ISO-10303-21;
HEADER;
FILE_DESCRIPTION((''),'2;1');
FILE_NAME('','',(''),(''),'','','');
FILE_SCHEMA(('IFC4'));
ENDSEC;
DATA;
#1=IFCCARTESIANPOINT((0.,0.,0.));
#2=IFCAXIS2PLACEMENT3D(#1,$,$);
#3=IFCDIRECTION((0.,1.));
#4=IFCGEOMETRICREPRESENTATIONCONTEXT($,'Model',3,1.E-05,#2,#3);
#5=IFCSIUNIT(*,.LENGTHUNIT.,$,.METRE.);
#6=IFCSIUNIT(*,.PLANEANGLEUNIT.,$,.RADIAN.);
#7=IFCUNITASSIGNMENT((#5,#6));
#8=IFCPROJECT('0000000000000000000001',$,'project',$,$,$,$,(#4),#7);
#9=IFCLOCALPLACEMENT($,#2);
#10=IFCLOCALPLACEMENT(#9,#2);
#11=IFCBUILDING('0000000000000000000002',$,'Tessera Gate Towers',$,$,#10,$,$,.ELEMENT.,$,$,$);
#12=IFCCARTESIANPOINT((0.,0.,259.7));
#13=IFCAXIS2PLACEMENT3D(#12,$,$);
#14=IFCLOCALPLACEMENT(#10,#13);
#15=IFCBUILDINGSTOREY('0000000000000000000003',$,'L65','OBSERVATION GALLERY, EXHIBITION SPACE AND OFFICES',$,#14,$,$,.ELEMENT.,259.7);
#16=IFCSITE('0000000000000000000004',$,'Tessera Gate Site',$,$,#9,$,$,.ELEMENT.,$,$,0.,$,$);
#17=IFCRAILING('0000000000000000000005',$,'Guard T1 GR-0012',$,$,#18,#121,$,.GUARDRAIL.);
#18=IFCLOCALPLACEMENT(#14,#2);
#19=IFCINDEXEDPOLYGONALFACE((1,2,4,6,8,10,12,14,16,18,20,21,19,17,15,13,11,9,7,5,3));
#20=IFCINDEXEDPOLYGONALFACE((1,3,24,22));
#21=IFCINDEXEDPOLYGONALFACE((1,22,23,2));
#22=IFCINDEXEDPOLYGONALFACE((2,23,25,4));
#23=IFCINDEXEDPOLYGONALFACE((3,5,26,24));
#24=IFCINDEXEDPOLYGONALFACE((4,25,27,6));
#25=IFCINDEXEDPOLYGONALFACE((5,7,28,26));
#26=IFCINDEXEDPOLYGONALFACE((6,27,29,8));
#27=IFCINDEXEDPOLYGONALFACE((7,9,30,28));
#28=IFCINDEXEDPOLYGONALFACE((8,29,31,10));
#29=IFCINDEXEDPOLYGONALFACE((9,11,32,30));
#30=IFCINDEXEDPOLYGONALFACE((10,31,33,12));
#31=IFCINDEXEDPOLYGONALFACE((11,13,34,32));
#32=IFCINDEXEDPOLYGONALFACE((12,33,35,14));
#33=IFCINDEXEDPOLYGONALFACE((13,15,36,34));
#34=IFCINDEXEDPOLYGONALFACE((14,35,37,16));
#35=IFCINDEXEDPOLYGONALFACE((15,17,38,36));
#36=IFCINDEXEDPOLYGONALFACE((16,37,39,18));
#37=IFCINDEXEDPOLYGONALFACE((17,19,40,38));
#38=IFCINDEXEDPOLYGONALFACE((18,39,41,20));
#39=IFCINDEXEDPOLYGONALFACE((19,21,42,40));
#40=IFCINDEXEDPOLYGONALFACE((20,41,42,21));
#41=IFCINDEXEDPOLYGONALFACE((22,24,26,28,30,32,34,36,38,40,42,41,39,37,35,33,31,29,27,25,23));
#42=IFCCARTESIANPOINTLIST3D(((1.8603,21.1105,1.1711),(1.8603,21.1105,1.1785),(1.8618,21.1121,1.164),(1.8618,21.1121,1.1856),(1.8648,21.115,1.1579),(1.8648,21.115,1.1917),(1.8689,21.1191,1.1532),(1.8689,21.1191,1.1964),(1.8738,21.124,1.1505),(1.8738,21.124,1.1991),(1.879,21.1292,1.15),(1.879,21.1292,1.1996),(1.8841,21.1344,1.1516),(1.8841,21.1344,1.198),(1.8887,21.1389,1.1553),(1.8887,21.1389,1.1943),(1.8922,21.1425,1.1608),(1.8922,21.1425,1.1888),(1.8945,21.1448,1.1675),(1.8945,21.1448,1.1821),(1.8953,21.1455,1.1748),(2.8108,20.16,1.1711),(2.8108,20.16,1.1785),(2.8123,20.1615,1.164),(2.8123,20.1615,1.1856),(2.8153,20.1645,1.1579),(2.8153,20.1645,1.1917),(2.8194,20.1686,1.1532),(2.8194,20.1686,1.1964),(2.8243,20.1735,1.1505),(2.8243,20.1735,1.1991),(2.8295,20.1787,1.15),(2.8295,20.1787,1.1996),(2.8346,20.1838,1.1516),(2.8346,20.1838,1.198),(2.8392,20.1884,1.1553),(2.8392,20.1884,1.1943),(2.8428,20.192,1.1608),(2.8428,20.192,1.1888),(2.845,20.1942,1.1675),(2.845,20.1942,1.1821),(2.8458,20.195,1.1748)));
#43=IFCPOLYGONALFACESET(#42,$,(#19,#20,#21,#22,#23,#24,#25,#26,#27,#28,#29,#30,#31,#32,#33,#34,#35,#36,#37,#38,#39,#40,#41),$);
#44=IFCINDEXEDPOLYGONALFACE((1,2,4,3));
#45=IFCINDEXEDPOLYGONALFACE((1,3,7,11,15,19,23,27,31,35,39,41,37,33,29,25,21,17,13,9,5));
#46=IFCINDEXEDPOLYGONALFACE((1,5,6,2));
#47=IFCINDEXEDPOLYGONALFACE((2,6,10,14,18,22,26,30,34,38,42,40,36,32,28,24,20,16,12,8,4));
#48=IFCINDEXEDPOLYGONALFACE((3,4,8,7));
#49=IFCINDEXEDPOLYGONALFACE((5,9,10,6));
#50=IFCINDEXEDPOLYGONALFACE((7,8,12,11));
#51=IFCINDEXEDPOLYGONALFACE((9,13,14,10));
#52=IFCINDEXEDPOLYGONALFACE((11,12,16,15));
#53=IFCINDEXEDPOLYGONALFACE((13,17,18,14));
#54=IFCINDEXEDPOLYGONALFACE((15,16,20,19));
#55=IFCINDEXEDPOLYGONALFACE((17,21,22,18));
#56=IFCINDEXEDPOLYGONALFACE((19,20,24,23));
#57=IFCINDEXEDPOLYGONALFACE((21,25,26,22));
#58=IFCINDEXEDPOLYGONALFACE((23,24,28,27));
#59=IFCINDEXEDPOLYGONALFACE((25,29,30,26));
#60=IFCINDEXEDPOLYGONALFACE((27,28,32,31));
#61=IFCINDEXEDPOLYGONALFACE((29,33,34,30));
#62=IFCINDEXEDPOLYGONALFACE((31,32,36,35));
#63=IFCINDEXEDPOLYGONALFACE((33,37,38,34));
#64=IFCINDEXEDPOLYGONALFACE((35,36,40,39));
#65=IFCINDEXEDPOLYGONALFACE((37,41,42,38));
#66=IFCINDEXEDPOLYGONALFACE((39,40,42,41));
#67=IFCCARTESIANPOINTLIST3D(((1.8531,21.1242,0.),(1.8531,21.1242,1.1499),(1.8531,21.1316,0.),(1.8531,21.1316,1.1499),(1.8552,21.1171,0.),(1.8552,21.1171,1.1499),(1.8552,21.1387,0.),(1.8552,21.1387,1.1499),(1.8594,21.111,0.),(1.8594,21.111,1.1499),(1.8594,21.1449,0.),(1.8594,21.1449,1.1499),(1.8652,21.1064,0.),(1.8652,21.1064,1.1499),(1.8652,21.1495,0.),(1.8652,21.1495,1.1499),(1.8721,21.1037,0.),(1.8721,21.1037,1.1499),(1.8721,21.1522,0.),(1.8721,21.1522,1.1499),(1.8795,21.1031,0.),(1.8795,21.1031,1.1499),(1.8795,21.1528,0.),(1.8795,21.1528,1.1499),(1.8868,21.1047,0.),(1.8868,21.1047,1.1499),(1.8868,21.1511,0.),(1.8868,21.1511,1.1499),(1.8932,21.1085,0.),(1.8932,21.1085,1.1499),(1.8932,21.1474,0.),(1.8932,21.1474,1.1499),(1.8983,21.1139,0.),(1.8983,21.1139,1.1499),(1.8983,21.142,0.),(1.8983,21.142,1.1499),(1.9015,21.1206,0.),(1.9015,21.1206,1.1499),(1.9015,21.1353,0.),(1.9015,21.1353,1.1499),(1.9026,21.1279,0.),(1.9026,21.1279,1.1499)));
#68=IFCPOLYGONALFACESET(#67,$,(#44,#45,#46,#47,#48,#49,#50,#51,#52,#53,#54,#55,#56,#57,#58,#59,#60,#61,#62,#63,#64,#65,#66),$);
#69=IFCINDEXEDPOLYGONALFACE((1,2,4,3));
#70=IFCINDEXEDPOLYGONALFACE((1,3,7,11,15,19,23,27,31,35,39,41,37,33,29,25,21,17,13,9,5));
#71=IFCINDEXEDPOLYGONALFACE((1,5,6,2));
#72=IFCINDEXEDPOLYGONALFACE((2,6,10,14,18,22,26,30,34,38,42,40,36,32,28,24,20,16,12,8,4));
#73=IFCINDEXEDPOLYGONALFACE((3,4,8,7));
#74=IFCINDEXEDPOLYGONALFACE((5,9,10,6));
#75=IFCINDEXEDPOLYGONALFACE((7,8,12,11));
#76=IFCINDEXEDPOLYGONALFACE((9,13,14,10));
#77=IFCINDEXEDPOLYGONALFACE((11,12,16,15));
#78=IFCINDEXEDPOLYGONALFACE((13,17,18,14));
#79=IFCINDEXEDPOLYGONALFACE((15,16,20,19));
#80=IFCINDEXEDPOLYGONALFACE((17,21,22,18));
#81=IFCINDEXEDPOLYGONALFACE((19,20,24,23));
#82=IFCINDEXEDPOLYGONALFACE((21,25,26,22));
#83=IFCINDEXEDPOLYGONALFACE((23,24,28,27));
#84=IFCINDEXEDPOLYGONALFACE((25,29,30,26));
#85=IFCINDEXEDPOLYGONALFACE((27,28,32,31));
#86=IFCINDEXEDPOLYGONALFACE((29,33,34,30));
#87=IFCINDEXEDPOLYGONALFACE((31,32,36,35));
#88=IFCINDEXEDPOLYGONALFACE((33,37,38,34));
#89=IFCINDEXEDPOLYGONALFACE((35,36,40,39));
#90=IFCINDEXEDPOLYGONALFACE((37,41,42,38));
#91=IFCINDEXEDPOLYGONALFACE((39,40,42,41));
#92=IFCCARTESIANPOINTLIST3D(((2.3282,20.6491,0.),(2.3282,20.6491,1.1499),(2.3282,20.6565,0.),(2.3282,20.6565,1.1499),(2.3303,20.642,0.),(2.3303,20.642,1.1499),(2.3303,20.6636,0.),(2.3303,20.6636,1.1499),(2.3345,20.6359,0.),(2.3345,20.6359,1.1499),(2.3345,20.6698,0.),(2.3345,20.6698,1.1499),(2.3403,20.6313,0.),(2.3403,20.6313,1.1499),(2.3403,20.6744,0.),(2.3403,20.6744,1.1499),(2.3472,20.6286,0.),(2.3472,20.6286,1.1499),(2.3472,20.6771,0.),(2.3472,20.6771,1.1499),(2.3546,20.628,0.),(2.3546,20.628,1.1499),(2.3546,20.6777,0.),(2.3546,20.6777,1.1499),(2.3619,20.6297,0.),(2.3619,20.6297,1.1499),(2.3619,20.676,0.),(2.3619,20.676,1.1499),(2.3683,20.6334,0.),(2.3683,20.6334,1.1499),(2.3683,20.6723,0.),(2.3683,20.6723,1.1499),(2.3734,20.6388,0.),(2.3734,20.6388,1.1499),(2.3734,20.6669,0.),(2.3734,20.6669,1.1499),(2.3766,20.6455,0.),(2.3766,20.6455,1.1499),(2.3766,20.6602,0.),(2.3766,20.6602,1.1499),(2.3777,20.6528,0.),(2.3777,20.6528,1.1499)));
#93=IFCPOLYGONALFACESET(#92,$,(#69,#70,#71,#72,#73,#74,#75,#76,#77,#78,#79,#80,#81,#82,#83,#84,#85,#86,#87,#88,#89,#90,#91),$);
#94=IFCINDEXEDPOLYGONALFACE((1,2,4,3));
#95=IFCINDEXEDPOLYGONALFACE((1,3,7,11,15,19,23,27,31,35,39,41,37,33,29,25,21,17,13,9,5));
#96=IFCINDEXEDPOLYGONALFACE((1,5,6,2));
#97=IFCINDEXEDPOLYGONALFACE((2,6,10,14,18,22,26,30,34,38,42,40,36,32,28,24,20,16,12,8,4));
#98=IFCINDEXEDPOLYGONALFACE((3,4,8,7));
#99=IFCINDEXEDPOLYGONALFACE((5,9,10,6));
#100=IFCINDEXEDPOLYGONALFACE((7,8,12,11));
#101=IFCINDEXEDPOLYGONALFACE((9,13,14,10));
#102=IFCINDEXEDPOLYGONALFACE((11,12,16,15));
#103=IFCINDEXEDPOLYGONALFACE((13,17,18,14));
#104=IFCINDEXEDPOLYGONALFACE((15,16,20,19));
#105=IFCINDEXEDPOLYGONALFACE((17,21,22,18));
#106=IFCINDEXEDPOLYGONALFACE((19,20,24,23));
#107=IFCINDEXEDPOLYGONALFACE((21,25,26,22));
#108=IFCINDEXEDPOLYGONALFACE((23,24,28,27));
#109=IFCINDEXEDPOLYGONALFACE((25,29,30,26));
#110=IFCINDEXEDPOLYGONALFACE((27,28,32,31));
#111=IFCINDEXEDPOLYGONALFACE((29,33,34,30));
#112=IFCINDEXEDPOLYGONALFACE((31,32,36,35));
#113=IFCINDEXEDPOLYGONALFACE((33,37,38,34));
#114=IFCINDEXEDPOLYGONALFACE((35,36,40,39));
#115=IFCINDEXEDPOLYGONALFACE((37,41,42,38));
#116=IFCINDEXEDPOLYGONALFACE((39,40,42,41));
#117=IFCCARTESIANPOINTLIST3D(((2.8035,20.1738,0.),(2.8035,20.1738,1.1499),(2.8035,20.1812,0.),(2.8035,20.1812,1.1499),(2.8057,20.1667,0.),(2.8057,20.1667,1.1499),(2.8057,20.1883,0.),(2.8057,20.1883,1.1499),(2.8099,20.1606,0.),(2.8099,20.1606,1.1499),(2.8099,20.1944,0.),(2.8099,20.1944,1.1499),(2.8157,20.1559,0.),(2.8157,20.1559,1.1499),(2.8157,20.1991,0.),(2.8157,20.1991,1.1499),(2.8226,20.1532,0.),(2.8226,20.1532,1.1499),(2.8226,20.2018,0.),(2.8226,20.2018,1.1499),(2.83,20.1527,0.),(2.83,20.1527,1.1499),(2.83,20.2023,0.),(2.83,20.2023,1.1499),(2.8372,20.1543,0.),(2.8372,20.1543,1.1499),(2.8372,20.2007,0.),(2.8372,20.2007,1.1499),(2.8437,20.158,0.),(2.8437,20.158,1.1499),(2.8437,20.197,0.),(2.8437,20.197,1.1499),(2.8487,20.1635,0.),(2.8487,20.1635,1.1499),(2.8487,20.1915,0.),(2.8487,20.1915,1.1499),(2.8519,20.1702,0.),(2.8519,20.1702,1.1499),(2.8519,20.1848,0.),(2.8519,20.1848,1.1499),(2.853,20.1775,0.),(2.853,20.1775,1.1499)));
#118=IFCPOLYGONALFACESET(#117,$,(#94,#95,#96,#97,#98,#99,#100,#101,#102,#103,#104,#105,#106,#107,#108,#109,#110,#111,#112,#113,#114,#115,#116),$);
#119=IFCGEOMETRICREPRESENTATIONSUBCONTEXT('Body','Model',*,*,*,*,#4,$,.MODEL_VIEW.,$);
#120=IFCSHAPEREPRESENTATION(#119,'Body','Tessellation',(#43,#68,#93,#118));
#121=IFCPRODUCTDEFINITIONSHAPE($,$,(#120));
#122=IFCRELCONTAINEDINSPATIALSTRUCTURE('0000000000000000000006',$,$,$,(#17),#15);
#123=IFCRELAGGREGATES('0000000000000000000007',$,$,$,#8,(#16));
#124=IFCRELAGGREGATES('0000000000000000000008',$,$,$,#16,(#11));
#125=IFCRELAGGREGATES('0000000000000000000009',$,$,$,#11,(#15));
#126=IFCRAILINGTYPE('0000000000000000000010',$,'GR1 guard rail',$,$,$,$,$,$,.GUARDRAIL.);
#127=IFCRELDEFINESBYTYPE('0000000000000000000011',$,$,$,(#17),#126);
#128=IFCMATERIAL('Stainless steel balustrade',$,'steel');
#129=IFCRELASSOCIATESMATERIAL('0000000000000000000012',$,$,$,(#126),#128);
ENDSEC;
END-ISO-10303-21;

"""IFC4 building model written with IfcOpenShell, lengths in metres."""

from ifc_helpers import new_model, si_unit, direction, frame, origin, origin_2d, place, context, subcontext, project, spatial, circle, extrude, material, type_object, element, save


model = new_model("IFC4")

# Units and contexts
model_context = context("Model", 3, precision=1e-05, world=origin(), true_north=direction((0.0, 1.0)))
body_context = subcontext(model_context, "Body", "Model", "MODEL_VIEW")
ifc_project = project(units=[si_unit("LENGTHUNIT", "METRE"), si_unit("PLANEANGLEUNIT", "RADIAN")], contexts=[model_context])

# Site, building, storey
site_placement = place(None, origin())
site = spatial("IfcSite", under=ifc_project, at=site_placement, Name="Tessera Gate Site", CompositionType="ELEMENT", RefElevation=0.0)
building_placement = place(site_placement, origin())
building = spatial("IfcBuilding", under=site, at=building_placement, Name="Tessera Gate Towers", CompositionType="ELEMENT")
storey_placement = place(building_placement, frame((0.0, 0.0, 259.7)))
storey = spatial("IfcBuildingStorey", under=building, at=storey_placement, Name="L65", Description="OBSERVATION GALLERY, EXHIBITION SPACE AND OFFICES", CompositionType="ELEMENT", Elevation=259.7)

# Railing
ifc_material_1 = material(Name="Stainless steel balustrade", Category="steel")
railing_type_1 = type_object("IfcRailingType", Name="GR1 guard rail", PredefinedType="GUARDRAIL", material=ifc_material_1)
railing_1_placement = place(storey_placement, frame((1.8777, 21.1279, 0.0)))
element("IfcRailing", 1, at=railing_1_placement, inside=storey, type_object=railing_type_1, Name="Guard T1 GR-0012", PredefinedType="GUARDRAIL", context=body_context, shape_type="SweptSolid", body=[
    extrude(circle(Radius=0.0249, at=origin_2d()), frame((0.0, 0.0, 1.1748), z_axis=(0.707107, -0.707107, 0.0), x_axis=(0.707107, 0.707107, 0.0)), (0.0, 0.0, 1.0), 1.3442),
    extrude(circle(Radius=0.0249, at=origin_2d()), origin(), (0.0, 0.0, 1.0), 1.1499),
    extrude(circle(Radius=0.0249, at=origin_2d()), frame((0.4751, -0.4751, 0.0)), (0.0, 0.0, 1.0), 1.1499),
    extrude(circle(Radius=0.0249, at=origin_2d()), frame((0.9504, -0.9504, 0.0)), (0.0, 0.0, 1.0), 1.1499),
])

save(model, "model.ifc")
